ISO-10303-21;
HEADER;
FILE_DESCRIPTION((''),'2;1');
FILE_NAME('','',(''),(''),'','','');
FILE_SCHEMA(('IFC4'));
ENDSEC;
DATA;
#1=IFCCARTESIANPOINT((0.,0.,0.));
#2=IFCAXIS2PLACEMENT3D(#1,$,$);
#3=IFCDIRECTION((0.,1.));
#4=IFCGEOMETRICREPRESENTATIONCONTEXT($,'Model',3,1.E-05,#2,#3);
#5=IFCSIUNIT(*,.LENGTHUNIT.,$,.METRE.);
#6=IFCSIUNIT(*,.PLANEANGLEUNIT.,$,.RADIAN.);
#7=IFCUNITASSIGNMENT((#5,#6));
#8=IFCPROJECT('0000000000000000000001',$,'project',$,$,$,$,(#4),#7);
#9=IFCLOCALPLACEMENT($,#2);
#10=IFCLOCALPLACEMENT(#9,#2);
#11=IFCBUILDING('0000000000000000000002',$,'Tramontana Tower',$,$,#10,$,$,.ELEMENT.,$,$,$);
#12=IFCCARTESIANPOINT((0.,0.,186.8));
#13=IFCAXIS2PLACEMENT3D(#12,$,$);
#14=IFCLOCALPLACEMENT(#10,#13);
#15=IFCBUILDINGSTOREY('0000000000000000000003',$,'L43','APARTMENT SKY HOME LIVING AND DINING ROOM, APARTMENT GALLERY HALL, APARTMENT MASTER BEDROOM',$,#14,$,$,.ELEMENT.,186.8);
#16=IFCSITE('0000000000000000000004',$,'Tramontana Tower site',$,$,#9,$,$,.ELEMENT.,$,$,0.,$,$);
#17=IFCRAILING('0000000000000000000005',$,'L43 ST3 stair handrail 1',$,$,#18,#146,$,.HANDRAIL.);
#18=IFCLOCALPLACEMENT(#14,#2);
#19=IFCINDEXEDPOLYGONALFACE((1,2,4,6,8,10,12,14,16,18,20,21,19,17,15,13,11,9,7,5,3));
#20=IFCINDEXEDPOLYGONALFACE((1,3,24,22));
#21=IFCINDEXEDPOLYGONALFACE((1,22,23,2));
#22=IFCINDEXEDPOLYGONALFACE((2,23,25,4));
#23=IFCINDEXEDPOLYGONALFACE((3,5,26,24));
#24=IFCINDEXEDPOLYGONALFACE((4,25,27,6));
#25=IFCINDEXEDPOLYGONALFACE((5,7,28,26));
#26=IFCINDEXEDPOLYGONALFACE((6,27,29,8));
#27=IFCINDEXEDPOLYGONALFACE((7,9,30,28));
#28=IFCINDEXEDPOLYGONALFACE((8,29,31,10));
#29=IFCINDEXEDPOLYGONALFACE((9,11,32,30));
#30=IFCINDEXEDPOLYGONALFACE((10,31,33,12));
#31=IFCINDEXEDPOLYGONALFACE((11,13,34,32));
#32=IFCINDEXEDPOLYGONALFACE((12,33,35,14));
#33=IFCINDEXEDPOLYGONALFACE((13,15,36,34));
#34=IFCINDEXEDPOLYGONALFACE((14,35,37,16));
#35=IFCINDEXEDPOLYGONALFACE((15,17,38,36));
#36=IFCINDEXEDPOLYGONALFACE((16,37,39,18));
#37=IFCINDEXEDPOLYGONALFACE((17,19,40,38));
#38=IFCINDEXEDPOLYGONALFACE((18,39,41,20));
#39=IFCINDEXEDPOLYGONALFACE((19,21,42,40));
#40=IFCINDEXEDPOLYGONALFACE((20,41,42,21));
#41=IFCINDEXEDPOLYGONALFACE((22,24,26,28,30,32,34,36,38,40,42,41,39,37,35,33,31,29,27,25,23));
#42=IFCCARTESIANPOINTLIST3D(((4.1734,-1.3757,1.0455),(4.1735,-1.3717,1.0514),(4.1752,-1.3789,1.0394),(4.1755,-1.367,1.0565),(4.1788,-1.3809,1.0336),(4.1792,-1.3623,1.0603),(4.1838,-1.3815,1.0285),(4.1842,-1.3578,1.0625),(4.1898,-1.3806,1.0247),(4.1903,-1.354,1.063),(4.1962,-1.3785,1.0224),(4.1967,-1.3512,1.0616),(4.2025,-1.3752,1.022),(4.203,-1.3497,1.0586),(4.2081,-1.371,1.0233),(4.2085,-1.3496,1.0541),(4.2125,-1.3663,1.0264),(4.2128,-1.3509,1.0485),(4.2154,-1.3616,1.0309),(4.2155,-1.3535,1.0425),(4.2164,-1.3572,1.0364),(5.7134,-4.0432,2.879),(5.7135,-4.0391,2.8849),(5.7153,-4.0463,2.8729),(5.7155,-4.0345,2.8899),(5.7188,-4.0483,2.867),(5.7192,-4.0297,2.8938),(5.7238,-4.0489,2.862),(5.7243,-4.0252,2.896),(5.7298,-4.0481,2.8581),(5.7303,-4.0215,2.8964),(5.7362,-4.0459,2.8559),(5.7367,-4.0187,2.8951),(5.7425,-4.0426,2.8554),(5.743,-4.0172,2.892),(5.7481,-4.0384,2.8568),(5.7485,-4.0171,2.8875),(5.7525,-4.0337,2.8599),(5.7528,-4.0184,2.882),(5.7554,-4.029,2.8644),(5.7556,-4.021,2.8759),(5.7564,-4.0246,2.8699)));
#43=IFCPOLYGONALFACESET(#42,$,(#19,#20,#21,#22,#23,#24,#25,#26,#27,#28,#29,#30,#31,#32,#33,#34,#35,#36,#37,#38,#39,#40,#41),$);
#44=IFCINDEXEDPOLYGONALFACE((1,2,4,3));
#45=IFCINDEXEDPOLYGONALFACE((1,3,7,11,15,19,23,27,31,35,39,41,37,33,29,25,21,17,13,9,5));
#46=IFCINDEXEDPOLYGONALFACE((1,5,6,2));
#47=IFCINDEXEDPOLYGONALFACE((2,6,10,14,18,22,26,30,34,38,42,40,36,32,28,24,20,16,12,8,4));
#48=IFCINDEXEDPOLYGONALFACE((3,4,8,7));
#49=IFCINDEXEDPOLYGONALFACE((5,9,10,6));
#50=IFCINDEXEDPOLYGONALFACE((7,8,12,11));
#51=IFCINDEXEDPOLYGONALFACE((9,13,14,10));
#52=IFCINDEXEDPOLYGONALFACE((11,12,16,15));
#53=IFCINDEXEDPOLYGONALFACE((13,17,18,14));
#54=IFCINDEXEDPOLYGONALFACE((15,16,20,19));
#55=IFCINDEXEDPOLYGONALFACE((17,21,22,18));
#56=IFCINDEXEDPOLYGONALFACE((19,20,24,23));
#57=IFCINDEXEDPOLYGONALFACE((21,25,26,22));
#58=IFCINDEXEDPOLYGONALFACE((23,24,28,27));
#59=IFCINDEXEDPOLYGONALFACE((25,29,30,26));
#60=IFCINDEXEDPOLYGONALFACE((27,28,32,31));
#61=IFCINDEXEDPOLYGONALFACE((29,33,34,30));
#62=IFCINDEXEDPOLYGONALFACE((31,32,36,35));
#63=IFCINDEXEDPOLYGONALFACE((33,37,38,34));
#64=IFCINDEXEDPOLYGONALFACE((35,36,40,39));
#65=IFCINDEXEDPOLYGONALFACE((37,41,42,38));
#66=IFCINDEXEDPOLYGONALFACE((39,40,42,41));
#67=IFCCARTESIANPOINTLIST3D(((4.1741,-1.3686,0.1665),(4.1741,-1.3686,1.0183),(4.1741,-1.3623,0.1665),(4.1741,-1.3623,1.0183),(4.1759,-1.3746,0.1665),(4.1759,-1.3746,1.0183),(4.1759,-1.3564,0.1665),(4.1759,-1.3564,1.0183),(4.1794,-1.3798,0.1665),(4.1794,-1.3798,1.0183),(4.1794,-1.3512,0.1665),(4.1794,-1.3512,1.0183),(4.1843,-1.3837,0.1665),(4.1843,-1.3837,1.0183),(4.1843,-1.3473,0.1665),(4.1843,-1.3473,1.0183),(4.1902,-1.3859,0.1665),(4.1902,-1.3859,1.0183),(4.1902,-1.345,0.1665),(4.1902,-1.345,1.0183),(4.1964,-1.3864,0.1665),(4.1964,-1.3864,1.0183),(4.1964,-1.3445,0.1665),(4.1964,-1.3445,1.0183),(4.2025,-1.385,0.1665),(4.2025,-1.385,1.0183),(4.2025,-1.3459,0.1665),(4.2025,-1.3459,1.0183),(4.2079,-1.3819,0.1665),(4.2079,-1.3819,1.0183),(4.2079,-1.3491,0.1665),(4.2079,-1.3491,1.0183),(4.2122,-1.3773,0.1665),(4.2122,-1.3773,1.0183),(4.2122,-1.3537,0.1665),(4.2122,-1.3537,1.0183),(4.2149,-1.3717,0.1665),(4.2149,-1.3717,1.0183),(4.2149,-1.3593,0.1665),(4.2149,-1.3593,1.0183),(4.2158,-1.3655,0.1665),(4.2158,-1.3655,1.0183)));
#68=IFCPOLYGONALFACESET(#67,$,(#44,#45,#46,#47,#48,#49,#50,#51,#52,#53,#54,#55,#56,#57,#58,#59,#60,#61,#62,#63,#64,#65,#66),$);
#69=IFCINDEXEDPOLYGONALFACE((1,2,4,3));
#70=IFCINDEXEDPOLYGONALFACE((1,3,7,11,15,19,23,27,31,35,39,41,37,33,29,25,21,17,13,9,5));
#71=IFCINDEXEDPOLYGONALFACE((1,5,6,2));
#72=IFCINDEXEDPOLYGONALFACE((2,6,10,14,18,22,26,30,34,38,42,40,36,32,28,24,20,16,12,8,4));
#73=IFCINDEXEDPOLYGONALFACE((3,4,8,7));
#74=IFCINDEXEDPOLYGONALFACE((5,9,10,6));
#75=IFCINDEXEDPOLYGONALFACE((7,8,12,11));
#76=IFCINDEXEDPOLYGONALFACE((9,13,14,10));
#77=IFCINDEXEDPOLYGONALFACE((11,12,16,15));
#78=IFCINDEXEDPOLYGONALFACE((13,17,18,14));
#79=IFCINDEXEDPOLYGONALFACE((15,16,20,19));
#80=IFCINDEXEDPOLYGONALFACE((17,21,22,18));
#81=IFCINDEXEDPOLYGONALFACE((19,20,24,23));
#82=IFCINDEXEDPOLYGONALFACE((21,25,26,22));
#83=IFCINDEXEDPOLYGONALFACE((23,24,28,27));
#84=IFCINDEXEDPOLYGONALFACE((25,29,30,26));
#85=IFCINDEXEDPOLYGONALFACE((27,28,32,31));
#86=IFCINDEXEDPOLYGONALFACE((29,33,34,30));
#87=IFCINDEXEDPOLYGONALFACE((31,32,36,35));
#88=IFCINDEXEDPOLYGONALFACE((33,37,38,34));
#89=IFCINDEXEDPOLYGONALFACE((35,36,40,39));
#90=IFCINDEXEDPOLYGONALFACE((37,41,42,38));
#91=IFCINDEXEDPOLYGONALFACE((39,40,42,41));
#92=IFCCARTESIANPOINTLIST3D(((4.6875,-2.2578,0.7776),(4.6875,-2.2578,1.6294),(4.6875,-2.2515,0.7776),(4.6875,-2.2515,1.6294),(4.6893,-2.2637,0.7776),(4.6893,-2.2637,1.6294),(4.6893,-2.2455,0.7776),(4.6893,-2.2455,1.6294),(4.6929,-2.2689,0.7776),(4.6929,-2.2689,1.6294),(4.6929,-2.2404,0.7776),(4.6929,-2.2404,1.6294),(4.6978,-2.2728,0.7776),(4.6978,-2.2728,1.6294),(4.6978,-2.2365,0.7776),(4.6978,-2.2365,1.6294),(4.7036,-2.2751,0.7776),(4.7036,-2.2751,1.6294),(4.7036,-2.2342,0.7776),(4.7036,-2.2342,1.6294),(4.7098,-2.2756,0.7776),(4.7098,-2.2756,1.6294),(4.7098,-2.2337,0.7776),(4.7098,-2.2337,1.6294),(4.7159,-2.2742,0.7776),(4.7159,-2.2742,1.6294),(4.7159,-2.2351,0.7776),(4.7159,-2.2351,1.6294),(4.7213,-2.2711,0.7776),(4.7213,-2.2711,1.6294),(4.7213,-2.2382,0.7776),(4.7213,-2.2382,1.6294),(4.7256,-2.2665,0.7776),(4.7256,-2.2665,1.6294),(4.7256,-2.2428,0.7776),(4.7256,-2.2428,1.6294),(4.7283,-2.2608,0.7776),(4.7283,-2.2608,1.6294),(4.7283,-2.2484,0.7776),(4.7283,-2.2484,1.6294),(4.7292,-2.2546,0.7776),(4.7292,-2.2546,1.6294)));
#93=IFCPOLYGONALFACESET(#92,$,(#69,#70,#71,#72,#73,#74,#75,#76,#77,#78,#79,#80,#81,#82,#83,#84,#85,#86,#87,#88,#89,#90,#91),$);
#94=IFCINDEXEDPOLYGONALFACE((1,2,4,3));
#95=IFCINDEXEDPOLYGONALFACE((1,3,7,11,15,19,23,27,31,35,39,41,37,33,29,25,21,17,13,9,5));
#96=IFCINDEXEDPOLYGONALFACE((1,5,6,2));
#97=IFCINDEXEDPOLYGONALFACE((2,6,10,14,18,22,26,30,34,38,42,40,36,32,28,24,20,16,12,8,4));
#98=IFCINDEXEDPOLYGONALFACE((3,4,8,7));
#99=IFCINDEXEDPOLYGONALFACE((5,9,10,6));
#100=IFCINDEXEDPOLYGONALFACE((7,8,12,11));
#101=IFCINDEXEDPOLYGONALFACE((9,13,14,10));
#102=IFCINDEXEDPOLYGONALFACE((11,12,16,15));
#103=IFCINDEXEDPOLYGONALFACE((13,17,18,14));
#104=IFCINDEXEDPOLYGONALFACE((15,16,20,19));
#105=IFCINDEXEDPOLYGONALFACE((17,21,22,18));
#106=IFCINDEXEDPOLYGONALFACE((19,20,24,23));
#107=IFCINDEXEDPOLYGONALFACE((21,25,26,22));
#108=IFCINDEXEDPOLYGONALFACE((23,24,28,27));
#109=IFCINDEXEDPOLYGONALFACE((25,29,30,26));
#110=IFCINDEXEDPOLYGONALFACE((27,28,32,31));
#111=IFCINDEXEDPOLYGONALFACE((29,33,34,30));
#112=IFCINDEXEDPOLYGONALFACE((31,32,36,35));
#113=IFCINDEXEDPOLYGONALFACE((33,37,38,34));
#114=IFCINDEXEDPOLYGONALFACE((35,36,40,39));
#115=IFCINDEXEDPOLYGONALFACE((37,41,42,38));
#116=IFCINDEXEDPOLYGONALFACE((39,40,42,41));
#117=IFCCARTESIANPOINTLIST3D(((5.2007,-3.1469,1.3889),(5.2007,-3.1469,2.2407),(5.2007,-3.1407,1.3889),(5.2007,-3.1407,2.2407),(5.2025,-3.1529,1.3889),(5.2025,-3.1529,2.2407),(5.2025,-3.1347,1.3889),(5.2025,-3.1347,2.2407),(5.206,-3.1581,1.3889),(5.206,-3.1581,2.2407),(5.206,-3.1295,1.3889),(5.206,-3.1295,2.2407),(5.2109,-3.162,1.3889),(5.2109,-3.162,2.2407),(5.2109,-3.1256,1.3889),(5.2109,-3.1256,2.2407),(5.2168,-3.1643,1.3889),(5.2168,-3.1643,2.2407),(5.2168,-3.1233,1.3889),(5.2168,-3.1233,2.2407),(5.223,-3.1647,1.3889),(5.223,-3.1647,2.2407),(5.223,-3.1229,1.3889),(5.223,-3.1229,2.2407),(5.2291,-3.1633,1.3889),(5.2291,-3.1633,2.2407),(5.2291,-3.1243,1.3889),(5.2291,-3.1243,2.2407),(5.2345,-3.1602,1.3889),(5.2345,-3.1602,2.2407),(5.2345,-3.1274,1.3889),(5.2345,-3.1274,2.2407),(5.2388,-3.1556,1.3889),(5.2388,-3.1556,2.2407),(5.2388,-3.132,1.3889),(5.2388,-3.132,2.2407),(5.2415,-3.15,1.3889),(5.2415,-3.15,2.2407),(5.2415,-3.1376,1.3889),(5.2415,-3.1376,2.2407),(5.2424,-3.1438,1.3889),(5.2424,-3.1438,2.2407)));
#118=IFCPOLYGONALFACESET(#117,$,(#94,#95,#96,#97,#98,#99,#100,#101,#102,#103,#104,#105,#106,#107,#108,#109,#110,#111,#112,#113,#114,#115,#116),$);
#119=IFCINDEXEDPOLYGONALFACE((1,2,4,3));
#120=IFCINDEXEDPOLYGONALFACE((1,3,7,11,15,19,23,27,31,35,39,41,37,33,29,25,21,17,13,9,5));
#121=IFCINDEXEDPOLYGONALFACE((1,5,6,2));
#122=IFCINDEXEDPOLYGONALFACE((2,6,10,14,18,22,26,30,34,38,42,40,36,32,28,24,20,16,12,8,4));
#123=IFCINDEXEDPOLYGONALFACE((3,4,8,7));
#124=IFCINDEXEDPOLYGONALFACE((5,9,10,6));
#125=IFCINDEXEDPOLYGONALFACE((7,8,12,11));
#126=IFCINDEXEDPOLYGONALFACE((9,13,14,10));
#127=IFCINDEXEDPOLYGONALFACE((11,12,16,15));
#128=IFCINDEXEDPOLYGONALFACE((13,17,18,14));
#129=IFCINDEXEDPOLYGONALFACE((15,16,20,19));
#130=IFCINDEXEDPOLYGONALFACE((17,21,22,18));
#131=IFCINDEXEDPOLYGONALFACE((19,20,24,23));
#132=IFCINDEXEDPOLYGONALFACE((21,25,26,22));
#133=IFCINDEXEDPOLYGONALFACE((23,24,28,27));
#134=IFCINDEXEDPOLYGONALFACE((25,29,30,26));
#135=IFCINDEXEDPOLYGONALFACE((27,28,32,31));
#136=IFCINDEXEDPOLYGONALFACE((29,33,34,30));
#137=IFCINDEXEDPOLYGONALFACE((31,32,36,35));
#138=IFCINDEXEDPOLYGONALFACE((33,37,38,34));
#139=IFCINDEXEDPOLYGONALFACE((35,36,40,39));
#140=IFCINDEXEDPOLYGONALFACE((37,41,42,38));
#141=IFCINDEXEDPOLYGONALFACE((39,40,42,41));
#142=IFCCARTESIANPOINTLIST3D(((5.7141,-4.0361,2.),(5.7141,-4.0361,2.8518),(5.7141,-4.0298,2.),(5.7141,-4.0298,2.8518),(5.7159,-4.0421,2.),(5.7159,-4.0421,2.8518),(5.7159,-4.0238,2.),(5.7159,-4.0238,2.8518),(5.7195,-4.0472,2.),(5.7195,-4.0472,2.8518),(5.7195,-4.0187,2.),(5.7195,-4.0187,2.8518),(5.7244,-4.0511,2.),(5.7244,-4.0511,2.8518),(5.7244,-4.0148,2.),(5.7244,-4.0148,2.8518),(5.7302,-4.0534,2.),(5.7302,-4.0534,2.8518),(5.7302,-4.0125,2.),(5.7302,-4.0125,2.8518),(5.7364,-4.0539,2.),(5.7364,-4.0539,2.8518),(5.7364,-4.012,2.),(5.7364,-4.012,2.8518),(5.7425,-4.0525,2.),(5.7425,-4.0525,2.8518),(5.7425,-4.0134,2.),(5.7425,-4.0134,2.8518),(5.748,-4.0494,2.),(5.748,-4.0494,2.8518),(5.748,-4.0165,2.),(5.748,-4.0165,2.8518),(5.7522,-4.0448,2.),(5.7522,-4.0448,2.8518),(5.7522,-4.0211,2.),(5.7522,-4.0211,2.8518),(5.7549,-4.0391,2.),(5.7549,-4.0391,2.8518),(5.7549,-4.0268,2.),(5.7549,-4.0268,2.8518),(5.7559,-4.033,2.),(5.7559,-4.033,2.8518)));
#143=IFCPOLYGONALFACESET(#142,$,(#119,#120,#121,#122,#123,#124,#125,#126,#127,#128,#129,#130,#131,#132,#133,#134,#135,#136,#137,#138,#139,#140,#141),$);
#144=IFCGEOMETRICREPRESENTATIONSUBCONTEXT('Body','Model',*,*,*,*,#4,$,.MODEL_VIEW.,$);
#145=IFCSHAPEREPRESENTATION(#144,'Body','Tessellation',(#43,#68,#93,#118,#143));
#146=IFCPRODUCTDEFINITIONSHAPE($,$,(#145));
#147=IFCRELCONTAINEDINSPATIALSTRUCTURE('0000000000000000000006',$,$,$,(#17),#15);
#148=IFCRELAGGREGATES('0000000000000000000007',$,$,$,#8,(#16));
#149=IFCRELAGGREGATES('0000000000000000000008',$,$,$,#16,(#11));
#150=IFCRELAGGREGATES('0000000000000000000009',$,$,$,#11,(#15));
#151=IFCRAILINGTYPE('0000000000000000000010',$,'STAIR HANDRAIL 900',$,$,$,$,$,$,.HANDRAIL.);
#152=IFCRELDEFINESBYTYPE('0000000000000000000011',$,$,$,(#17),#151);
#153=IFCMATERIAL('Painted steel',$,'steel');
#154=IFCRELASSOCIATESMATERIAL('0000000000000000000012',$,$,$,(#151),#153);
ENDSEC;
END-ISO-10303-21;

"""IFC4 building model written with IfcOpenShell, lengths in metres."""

from ifc_helpers import new_model, si_unit, direction, frame, origin, origin_2d, place, context, subcontext, project, spatial, circle, extrude, material, type_object, element, save


model = new_model("IFC4")

# Units and contexts
model_context = context("Model", 3, precision=1e-05, world=origin(), true_north=direction((0.0, 1.0)))
body_context = subcontext(model_context, "Body", "Model", "MODEL_VIEW")
ifc_project = project(units=[si_unit("LENGTHUNIT", "METRE"), si_unit("PLANEANGLEUNIT", "RADIAN")], contexts=[model_context])

# Site, building, storey
site_placement = place(None, origin())
site = spatial("IfcSite", under=ifc_project, at=site_placement, Name="Tramontana Tower site", CompositionType="ELEMENT", RefElevation=0.0)
building_placement = place(site_placement, origin())
building = spatial("IfcBuilding", under=site, at=building_placement, Name="Tramontana Tower", CompositionType="ELEMENT")
storey_placement = place(building_placement, frame((0.0, 0.0, 186.8)))
storey = spatial("IfcBuildingStorey", under=building, at=storey_placement, Name="L43", Description="APARTMENT SKY HOME LIVING AND DINING ROOM, APARTMENT GALLERY HALL, APARTMENT MASTER BEDROOM", CompositionType="ELEMENT", Elevation=186.8)

# Railing
ifc_material_1 = material(Name="Painted steel", Category="steel")
railing_type_1 = type_object("IfcRailingType", Name="STAIR HANDRAIL 900", PredefinedType="HANDRAIL", material=ifc_material_1)
railing_1_placement = place(storey_placement, frame((4.1948, -1.3655, 0.1665)))
element("IfcRailing", 1, at=railing_1_placement, inside=storey, type_object=railing_type_1, Name="L43 ST3 stair handrail 1", PredefinedType="HANDRAIL", context=body_context, shape_type="SweptSolid", body=[
    extrude(circle(Radius=0.0239, at=origin_2d()), frame((0.0, 0.0, 0.876), z_axis=(0.429634, -0.744164, 0.511502), x_axis=(0.86603, 0.499992, 0.0)), (0.0, 0.0, 1.0), 3.5845),
    extrude(circle(Radius=0.021, at=origin_2d()), origin(), (0.0, 0.0, 1.0), 0.8518),
    extrude(circle(Radius=0.021, at=origin_2d()), frame((0.5134, -0.8892, 0.6111)), (0.0, 0.0, 1.0), 0.8518),
    extrude(circle(Radius=0.021, at=origin_2d()), frame((1.0266, -1.7783, 1.2224)), (0.0, 0.0, 1.0), 0.8518),
    extrude(circle(Radius=0.021, at=origin_2d()), frame((1.54, -2.6675, 1.8335)), (0.0, 0.0, 1.0), 0.8518),
])

save(model, "model.ifc")
